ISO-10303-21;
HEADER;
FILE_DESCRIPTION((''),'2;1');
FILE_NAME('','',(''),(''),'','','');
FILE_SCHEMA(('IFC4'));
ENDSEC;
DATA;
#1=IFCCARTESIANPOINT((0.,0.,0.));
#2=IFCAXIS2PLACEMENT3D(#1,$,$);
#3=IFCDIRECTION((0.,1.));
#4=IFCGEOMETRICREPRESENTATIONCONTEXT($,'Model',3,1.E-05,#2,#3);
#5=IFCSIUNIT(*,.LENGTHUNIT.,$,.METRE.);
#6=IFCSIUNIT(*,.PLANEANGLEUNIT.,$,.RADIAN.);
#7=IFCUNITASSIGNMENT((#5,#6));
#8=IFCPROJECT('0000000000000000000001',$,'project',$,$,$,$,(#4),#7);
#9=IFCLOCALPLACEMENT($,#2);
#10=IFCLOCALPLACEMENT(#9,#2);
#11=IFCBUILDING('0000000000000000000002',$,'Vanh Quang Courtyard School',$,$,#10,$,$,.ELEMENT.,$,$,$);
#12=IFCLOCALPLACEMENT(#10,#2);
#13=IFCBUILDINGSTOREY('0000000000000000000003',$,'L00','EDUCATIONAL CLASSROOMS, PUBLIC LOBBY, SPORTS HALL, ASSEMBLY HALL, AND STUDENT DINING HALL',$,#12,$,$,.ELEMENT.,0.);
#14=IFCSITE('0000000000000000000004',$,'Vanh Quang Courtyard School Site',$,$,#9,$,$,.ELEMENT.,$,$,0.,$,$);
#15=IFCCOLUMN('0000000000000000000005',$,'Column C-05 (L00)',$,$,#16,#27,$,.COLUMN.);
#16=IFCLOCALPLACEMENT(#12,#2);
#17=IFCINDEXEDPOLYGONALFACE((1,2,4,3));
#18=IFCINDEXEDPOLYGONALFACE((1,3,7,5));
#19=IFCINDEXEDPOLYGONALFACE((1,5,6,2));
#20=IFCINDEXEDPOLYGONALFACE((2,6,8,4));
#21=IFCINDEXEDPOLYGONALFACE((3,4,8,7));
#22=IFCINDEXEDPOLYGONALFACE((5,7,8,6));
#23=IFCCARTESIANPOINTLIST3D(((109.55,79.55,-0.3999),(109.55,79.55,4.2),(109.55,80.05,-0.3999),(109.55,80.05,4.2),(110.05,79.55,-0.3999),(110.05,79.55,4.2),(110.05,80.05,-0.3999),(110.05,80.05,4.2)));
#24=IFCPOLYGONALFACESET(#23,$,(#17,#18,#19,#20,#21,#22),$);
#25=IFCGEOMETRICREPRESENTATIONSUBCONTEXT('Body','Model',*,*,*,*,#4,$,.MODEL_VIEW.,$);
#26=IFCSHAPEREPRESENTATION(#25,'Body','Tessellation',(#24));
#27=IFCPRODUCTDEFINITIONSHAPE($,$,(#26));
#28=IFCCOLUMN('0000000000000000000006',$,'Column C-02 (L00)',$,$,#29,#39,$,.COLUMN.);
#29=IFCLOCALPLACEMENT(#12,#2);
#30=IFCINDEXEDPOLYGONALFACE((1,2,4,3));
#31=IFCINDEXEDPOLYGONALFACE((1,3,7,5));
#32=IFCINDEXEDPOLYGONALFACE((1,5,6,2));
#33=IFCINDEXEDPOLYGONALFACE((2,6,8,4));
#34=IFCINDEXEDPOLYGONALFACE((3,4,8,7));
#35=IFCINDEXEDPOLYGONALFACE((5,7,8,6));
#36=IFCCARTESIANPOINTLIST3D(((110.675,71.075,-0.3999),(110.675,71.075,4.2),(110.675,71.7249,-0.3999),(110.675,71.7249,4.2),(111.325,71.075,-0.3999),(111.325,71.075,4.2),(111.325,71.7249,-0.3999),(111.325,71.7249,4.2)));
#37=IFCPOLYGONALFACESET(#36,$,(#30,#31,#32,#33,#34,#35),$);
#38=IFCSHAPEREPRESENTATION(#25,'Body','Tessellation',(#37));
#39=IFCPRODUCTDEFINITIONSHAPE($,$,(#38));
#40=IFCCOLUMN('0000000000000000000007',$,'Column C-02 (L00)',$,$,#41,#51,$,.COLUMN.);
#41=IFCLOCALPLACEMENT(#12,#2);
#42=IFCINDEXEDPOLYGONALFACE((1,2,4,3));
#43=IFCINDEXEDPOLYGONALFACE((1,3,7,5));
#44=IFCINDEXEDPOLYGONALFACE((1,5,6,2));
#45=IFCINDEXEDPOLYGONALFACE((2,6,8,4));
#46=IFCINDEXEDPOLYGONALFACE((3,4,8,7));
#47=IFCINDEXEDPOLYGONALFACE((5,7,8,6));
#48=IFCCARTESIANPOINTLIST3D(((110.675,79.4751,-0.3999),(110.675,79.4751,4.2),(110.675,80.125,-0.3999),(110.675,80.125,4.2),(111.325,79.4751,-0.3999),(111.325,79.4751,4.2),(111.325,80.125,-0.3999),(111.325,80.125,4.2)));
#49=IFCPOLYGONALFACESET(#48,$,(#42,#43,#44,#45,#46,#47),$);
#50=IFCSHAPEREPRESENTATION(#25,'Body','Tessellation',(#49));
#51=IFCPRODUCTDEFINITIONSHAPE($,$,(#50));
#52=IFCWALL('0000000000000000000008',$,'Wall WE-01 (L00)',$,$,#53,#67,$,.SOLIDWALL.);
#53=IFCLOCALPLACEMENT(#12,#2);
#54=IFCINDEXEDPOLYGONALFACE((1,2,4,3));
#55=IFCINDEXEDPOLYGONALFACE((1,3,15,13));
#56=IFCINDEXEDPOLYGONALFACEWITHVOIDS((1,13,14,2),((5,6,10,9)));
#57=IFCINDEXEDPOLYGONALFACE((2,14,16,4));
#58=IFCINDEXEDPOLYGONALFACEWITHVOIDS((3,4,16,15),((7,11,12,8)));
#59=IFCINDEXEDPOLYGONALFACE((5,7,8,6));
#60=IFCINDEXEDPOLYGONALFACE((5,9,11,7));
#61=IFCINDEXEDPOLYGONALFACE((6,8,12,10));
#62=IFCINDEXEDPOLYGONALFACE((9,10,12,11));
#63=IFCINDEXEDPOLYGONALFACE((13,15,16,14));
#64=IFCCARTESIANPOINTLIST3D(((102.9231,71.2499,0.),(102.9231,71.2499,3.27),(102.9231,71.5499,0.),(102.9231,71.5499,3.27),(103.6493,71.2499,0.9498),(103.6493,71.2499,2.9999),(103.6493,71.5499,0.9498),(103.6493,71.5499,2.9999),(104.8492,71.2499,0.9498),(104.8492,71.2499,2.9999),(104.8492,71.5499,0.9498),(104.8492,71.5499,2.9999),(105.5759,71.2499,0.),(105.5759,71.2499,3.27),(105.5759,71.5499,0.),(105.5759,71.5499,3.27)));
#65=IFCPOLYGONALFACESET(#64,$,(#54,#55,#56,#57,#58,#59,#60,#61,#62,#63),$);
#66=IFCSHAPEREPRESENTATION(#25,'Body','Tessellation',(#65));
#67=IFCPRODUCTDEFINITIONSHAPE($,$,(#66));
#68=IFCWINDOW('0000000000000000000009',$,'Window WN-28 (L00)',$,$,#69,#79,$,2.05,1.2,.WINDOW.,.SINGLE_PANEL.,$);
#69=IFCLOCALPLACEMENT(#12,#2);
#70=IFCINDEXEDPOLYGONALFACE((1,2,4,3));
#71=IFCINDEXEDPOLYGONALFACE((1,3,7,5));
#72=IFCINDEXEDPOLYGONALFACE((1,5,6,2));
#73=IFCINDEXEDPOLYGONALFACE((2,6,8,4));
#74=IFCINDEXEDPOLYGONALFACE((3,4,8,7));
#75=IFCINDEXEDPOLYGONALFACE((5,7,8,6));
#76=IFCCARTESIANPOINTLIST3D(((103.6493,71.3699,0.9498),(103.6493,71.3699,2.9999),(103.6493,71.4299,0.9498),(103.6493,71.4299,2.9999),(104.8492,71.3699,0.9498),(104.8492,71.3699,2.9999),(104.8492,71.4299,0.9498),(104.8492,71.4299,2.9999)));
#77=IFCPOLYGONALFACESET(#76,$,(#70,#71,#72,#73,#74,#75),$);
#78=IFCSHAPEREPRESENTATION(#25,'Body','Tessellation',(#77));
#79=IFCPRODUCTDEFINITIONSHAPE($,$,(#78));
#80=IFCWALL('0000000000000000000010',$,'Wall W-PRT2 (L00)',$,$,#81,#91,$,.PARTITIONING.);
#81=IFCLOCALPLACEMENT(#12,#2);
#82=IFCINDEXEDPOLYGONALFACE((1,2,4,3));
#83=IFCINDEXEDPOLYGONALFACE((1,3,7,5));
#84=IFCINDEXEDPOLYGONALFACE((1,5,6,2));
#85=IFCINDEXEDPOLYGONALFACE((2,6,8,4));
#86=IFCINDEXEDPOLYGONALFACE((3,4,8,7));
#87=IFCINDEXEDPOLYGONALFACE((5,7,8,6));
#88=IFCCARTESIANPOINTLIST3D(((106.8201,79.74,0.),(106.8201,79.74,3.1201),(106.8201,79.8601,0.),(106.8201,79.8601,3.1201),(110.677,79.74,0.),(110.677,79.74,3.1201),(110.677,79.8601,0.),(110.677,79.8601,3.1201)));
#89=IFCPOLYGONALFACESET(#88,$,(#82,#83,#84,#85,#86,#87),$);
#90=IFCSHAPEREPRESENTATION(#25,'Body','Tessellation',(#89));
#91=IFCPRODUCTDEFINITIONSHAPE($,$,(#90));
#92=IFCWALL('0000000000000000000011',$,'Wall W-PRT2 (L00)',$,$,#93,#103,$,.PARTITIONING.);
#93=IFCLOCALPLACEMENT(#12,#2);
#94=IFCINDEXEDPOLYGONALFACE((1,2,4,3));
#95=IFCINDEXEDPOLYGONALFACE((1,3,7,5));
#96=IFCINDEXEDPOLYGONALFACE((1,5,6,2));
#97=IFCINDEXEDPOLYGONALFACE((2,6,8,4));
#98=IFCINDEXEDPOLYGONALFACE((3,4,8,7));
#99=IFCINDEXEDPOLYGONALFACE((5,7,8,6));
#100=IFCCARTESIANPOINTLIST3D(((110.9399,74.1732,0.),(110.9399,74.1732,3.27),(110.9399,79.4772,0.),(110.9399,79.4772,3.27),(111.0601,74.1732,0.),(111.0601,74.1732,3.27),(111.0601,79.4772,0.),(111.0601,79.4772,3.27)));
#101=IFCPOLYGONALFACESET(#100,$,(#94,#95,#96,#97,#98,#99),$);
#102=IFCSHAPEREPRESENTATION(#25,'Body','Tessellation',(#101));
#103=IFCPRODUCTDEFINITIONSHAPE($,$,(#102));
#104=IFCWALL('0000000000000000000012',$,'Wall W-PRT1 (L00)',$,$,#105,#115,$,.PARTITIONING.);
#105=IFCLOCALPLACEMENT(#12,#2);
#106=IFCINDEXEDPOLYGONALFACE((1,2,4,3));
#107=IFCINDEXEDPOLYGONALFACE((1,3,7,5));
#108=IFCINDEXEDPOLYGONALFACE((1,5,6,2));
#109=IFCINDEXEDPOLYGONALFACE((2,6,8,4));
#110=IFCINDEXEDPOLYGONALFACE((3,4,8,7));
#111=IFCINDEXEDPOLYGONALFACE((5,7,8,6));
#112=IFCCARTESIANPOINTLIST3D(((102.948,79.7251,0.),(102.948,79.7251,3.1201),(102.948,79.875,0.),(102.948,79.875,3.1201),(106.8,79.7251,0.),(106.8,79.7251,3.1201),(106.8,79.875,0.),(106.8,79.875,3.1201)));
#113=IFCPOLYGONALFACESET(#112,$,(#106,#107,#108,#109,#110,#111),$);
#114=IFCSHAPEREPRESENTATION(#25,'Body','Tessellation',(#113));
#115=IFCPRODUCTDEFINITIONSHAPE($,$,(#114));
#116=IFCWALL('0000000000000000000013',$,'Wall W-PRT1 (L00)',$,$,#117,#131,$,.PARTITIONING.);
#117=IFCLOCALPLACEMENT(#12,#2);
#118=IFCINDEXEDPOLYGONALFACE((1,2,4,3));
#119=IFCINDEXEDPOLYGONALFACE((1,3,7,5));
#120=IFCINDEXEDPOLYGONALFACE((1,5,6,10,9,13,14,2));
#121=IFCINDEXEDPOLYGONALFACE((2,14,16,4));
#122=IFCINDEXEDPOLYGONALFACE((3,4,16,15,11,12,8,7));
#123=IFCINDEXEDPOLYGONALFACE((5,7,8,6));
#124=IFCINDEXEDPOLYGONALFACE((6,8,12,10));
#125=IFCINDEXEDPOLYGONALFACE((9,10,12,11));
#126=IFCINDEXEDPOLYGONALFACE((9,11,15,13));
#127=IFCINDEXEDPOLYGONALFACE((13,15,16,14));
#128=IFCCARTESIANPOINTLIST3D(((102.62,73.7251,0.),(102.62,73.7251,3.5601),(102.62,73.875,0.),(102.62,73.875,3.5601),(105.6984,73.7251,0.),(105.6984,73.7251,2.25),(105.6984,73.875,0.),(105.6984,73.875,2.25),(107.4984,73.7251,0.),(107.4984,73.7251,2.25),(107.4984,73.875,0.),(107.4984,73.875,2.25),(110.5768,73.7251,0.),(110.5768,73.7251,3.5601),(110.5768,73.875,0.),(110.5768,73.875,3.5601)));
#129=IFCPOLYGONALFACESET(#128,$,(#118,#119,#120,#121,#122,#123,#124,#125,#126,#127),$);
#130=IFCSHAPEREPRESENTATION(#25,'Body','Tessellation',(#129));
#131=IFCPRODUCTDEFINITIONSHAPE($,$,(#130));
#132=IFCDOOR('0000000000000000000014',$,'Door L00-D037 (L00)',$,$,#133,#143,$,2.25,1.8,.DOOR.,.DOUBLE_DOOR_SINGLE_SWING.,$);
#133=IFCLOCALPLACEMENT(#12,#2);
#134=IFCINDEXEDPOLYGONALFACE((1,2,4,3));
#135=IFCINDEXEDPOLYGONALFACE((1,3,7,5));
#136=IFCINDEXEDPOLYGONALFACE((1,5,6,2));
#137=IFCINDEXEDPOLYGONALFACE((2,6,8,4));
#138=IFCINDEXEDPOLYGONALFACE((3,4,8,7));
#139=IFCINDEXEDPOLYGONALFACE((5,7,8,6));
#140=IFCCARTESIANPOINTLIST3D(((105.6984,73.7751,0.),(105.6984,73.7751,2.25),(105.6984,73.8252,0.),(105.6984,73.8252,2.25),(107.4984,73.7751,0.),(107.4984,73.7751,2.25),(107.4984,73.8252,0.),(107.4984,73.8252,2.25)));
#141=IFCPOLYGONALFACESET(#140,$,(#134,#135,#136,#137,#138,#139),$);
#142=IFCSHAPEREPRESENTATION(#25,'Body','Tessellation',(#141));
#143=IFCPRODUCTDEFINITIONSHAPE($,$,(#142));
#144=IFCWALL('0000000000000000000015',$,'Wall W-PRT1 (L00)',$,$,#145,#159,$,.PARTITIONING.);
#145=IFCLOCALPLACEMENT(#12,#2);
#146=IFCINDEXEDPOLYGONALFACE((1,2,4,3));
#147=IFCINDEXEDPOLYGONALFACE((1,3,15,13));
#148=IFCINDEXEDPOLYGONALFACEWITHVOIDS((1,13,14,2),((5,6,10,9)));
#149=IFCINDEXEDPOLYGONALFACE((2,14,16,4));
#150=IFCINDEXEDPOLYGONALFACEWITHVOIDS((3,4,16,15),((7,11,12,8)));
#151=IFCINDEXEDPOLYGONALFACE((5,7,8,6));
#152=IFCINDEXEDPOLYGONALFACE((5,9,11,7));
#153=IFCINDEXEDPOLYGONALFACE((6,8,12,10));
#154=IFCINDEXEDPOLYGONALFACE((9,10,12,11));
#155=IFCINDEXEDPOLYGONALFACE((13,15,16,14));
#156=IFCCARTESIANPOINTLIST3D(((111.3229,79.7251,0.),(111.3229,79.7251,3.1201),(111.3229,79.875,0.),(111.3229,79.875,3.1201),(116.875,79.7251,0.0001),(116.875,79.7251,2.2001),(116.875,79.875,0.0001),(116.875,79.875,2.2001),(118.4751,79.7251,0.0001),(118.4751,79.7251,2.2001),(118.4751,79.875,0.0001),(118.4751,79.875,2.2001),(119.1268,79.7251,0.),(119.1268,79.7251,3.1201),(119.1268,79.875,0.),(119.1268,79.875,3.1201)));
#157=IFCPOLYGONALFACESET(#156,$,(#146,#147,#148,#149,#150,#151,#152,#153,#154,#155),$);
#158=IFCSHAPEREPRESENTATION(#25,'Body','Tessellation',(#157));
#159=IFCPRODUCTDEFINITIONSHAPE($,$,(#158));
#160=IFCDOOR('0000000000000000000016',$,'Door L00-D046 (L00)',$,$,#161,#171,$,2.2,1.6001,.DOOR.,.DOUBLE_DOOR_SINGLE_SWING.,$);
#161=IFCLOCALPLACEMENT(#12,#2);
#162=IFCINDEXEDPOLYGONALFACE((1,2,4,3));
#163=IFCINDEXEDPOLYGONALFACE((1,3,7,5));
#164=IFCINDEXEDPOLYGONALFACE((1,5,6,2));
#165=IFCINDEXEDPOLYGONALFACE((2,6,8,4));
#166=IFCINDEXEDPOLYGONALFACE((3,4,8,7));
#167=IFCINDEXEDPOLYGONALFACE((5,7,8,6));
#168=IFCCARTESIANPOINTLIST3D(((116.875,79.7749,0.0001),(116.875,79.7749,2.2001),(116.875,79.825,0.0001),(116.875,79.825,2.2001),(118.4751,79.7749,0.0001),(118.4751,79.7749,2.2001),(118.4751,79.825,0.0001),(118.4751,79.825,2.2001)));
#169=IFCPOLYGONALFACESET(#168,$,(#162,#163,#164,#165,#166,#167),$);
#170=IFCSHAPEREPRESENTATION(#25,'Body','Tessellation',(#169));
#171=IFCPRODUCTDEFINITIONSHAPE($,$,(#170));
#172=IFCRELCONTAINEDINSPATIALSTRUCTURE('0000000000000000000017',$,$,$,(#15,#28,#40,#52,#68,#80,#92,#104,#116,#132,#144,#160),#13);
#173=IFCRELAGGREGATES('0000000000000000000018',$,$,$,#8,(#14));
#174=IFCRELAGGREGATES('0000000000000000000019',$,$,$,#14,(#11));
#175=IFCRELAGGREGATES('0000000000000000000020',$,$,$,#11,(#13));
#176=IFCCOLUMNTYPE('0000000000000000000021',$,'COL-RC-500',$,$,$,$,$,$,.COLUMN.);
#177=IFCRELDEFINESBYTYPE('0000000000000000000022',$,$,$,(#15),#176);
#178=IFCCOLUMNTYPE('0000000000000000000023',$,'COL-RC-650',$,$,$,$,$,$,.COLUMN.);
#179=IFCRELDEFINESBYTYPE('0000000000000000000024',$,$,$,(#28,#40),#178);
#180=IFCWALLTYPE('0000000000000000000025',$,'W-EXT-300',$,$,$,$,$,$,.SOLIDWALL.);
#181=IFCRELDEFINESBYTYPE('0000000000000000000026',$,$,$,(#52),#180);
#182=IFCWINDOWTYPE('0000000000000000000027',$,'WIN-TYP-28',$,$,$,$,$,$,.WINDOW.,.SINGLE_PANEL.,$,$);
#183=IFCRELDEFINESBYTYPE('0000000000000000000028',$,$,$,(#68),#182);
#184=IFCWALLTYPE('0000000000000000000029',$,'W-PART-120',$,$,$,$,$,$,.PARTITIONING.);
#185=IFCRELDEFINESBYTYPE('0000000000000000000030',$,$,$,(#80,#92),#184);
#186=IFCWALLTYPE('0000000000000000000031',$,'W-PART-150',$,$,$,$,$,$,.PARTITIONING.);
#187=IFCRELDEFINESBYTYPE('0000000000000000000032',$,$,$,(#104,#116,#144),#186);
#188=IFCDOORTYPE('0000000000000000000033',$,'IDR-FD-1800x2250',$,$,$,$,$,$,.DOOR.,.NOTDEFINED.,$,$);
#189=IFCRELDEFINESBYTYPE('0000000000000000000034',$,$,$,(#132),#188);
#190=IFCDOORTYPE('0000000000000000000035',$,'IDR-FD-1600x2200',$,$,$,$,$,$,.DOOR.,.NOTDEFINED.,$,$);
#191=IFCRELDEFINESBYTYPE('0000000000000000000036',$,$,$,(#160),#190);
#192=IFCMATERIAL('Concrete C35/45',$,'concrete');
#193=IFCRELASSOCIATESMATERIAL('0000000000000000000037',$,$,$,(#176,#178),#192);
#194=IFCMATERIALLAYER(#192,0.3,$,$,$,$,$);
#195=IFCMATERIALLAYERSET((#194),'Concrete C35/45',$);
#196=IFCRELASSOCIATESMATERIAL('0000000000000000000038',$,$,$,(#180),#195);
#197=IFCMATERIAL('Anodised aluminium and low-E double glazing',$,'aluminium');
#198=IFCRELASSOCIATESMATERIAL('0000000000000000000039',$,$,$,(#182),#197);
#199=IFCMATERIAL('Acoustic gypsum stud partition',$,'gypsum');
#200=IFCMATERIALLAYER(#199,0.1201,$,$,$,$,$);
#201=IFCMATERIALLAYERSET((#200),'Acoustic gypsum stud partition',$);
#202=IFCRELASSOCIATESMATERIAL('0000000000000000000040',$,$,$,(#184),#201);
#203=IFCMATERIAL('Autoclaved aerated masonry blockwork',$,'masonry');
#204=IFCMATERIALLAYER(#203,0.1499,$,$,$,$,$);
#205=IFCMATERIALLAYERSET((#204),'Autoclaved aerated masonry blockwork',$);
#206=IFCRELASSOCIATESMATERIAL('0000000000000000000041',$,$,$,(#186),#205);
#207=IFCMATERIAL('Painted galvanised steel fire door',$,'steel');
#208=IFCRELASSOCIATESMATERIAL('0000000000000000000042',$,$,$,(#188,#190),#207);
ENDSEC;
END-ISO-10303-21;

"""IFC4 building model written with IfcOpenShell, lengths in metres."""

from ifc_helpers import new_model, si_unit, direction, frame, frame_2d, origin, origin_2d, place, context, subcontext, project, spatial, rectangle, extrude, material, layer, layer_set, material_profile, profile_set, type_object, element, fill, save


model = new_model("IFC4")

# Units and contexts
model_context = context("Model", 3, precision=1e-05, world=origin(), true_north=direction((0.0, 1.0)))
body_context = subcontext(model_context, "Body", "Model", "MODEL_VIEW")
ifc_project = project(units=[si_unit("LENGTHUNIT", "METRE"), si_unit("PLANEANGLEUNIT", "RADIAN")], contexts=[model_context])

# Site, building, storey
site_placement = place(None, origin())
site = spatial("IfcSite", under=ifc_project, at=site_placement, Name="Vanh Quang Courtyard School Site", CompositionType="ELEMENT", RefElevation=0.0)
building_placement = place(site_placement, origin())
building = spatial("IfcBuilding", under=site, at=building_placement, Name="Vanh Quang Courtyard School", CompositionType="ELEMENT")
storey_placement = place(building_placement, origin())
storey = spatial("IfcBuildingStorey", under=building, at=storey_placement, Name="L00", Description="EDUCATIONAL CLASSROOMS, PUBLIC LOBBY, SPORTS HALL, ASSEMBLY HALL, AND STUDENT DINING HALL", CompositionType="ELEMENT", Elevation=0.0)

# Shared definitions
ifc_material_1 = material(Name="Concrete C35/45", Category="concrete")

# Columns
ifc_material_profile_1 = material_profile(ifc_material_1, rectangle(XDim=0.5, YDim=0.5, at=origin_2d()), Name="RC-COL 500x500")
ifc_profile_set_1 = profile_set([ifc_material_profile_1], Name="Concrete C35/45")
column_type_1 = type_object("IfcColumnType", Name="COL-RC-500", PredefinedType="COLUMN", material=ifc_profile_set_1)
for number, where, z_axis, x_axis, name in (
    (1, (109.8, 79.8, -0.3999), (0.0, 0.0, 1.0), (1.0, 0.0, 0.0), "Column C-05 (L00)"),
):
    element("IfcColumn", number, at=place(storey_placement, frame(where, z_axis=z_axis, x_axis=x_axis)), inside=storey, type_object=column_type_1, Name=name, PredefinedType="COLUMN", context=body_context, shape_type="SweptSolid", body=[
        extrude(rectangle(XDim=0.5, YDim=0.5, at=origin_2d()), origin(), (0.0, 0.0, 1.0), 4.5999),
    ])
ifc_material_profile_2 = material_profile(ifc_material_1, rectangle(XDim=0.6499, YDim=0.6499, at=origin_2d()), Name="RC-COL 650x650")
ifc_profile_set_2 = profile_set([ifc_material_profile_2], Name="Concrete C35/45")
column_type_2 = type_object("IfcColumnType", Name="COL-RC-650", PredefinedType="COLUMN", material=ifc_profile_set_2)
for number, where, z_axis, x_axis, name in (
    (2, (111.0, 71.3999, -0.3999), (0.0, 0.0, 1.0), (1.0, 0.0, 0.0), "Column C-02 (L00)"),
    (3, (111.0, 79.8, -0.3999), (0.0, 0.0, 1.0), (1.0, 0.0, 0.0), "Column C-02 (L00)"),
):
    element("IfcColumn", number, at=place(storey_placement, frame(where, z_axis=z_axis, x_axis=x_axis)), inside=storey, type_object=column_type_2, Name=name, PredefinedType="COLUMN", context=body_context, shape_type="SweptSolid", body=[
        extrude(rectangle(XDim=0.6499, YDim=0.6499, at=origin_2d()), origin(), (0.0, 0.0, 1.0), 4.5999),
    ])

# Wall, opening, window
ifc_layer_1 = layer(ifc_material_1, 0.3)
ifc_layer_set_1 = layer_set([ifc_layer_1], Name="Concrete C35/45")
wall_type_1 = type_object("IfcWallType", Name="W-EXT-300", PredefinedType="SOLIDWALL", material=ifc_layer_set_1)
wall_1_placement = place(storey_placement, frame((105.5759, 71.3999, 0.0), z_axis=(0.0, 0.0, 1.0), x_axis=(-1.0, 0.0, 0.0)))
wall_1 = element("IfcWall", 4, at=wall_1_placement, inside=storey, type_object=wall_type_1, Name="Wall WE-01 (L00)", PredefinedType="SOLIDWALL", context=body_context, shape_type="SweptSolid", body=[
    extrude(rectangle(XDim=2.6528, YDim=0.3, at=frame_2d((1.3264, 0.0))), origin(), (0.0, 0.0, 1.0), 3.27),
])
opening_1_placement = place(wall_1_placement, frame((0.7266, 0.0, 0.95)))
opening_1 = element("IfcOpeningElement", 5, at=opening_1_placement, cuts=wall_1, PredefinedType="OPENING", context=body_context, shape_type="SweptSolid", body=[
    extrude(rectangle(XDim=1.2, YDim=2.05, at=frame_2d((0.6001, 1.0249))), frame((0.0, 0.1602, 0.0), z_axis=(0.0, -1.0, 0.0), x_axis=(1.0, 0.0, 0.0)), (0.0, 0.0, 1.0), 0.3201),
])
ifc_material_2 = material(Name="Anodised aluminium and low-E double glazing", Category="aluminium")
window_type = type_object("IfcWindowType", Name="WIN-TYP-28", PartitioningType="SINGLE_PANEL", PredefinedType="WINDOW", material=ifc_material_2)
window_placement = place(opening_1_placement, origin())
window = element("IfcWindow", 6, at=window_placement, inside=storey, type_object=window_type, Name="Window WN-28 (L00)", OverallHeight=2.05, OverallWidth=1.2, PartitioningType="SINGLE_PANEL", PredefinedType="WINDOW", context=body_context, shape_type="SweptSolid", body=[
    extrude(rectangle(XDim=1.2, YDim=2.05, at=frame_2d((0.6001, 1.0249))), frame((0.0, 0.03, 0.0), z_axis=(0.0, -1.0, 0.0), x_axis=(1.0, 0.0, 0.0)), (0.0, 0.0, 1.0), 0.0601),
])
fill(opening_1, window)

# Walls
ifc_material_3 = material(Name="Acoustic gypsum stud partition", Category="gypsum")
ifc_layer_2 = layer(ifc_material_3, 0.1201)
ifc_layer_set_2 = layer_set([ifc_layer_2], Name="Acoustic gypsum stud partition")
wall_type_2 = type_object("IfcWallType", Name="W-PART-120", PredefinedType="PARTITIONING", material=ifc_layer_set_2)
wall_2_placement = place(storey_placement, frame((110.677, 79.8, 0.0), z_axis=(0.0, 0.0, 1.0), x_axis=(-1.0, 0.0, 0.0)))
element("IfcWall", 7, at=wall_2_placement, inside=storey, type_object=wall_type_2, Name="Wall W-PRT2 (L00)", PredefinedType="PARTITIONING", context=body_context, shape_type="SweptSolid", body=[
    extrude(rectangle(XDim=3.8569, YDim=0.1201, at=frame_2d((1.9285, 0.0))), origin(), (0.0, 0.0, 1.0), 3.1201),
])
wall_3_placement = place(storey_placement, frame((111.0, 79.4771, 0.0), z_axis=(0.0, 0.0, 1.0), x_axis=(0.0, -1.0, 0.0)))
element("IfcWall", 8, at=wall_3_placement, inside=storey, type_object=wall_type_2, Name="Wall W-PRT2 (L00)", PredefinedType="PARTITIONING", context=body_context, shape_type="SweptSolid", body=[
    extrude(rectangle(XDim=5.304, YDim=0.1201, at=frame_2d((2.6519, 0.0))), origin(), (0.0, 0.0, 1.0), 3.27),
])
ifc_material_4 = material(Name="Autoclaved aerated masonry blockwork", Category="masonry")
ifc_layer_3 = layer(ifc_material_4, 0.1499)
ifc_layer_set_3 = layer_set([ifc_layer_3], Name="Autoclaved aerated masonry blockwork")
wall_type_3 = type_object("IfcWallType", Name="W-PART-150", PredefinedType="PARTITIONING", material=ifc_layer_set_3)
wall_4_placement = place(storey_placement, frame((106.8, 79.8, 0.0), z_axis=(0.0, 0.0, 1.0), x_axis=(-1.0, 0.0, 0.0)))
element("IfcWall", 9, at=wall_4_placement, inside=storey, type_object=wall_type_3, Name="Wall W-PRT1 (L00)", PredefinedType="PARTITIONING", context=body_context, shape_type="SweptSolid", body=[
    extrude(rectangle(XDim=3.8521, YDim=0.1499, at=frame_2d((1.926, 0.0))), origin(), (0.0, 0.0, 1.0), 3.1201),
])

# Walls, openings, doors
wall_5_placement = place(storey_placement, frame((110.5769, 73.8, 0.0), z_axis=(0.0, 0.0, 1.0), x_axis=(-1.0, 0.0, 0.0)))
wall_5 = element("IfcWall", 10, at=wall_5_placement, inside=storey, type_object=wall_type_3, Name="Wall W-PRT1 (L00)", PredefinedType="PARTITIONING", context=body_context, shape_type="SweptSolid", body=[
    extrude(rectangle(XDim=7.9568, YDim=0.1499, at=frame_2d((3.9785, 0.0))), origin(), (0.0, 0.0, 1.0), 3.5601),
])
opening_2_placement = place(wall_5_placement, frame((3.0786, 0.0, 0.0)))
opening_2 = element("IfcOpeningElement", 11, at=opening_2_placement, cuts=wall_5, PredefinedType="OPENING", context=body_context, shape_type="SweptSolid", body=[
    extrude(rectangle(XDim=1.8, YDim=2.25, at=frame_2d((0.8999, 1.125))), frame((0.0, 0.085, 0.0), z_axis=(0.0, -1.0, 0.0), x_axis=(1.0, 0.0, 0.0)), (0.0, 0.0, 1.0), 0.1699),
])
ifc_material_5 = material(Name="Painted galvanised steel fire door", Category="steel")
door_type_1 = type_object("IfcDoorType", Name="IDR-FD-1800x2250", OperationType="NOTDEFINED", PredefinedType="DOOR", material=ifc_material_5)
door_1_placement = place(opening_2_placement, origin())
door_1 = element("IfcDoor", 12, at=door_1_placement, inside=storey, type_object=door_type_1, Name="Door L00-D037 (L00)", OperationType="DOUBLE_DOOR_SINGLE_SWING", OverallHeight=2.25, OverallWidth=1.8, PredefinedType="DOOR", context=body_context, shape_type="SweptSolid", body=[
    extrude(rectangle(XDim=1.8, YDim=2.25, at=frame_2d((0.8999, 1.125))), frame((0.0, 0.0249, 0.0), z_axis=(0.0, -1.0, 0.0), x_axis=(1.0, 0.0, 0.0)), (0.0, 0.0, 1.0), 0.05),
])
fill(opening_2, door_1)
wall_6_placement = place(storey_placement, frame((111.323, 79.8, 0.0), z_axis=(0.0, 0.0, 1.0), x_axis=(1.0, 0.0, 0.0)))
wall_6 = element("IfcWall", 13, at=wall_6_placement, inside=storey, type_object=wall_type_3, Name="Wall W-PRT1 (L00)", PredefinedType="PARTITIONING", context=body_context, shape_type="SweptSolid", body=[
    extrude(rectangle(XDim=7.804, YDim=0.1499, at=frame_2d((3.9019, 0.0))), origin(), (0.0, 0.0, 1.0), 3.1201),
])
opening_3_placement = place(wall_6_placement, frame((5.552, 0.0, 0.0)))
opening_3 = element("IfcOpeningElement", 14, at=opening_3_placement, cuts=wall_6, PredefinedType="OPENING", context=body_context, shape_type="SweptSolid", body=[
    extrude(rectangle(XDim=1.6001, YDim=2.2, at=frame_2d((0.8, 1.1001))), frame((0.0, 0.085, 0.0), z_axis=(0.0, -1.0, 0.0), x_axis=(1.0, 0.0, 0.0)), (0.0, 0.0, 1.0), 0.1699),
])
door_type_2 = type_object("IfcDoorType", Name="IDR-FD-1600x2200", OperationType="NOTDEFINED", PredefinedType="DOOR", material=ifc_material_5)
door_2_placement = place(opening_3_placement, origin())
door_2 = element("IfcDoor", 15, at=door_2_placement, inside=storey, type_object=door_type_2, Name="Door L00-D046 (L00)", OperationType="DOUBLE_DOOR_SINGLE_SWING", OverallHeight=2.2, OverallWidth=1.6001, PredefinedType="DOOR", context=body_context, shape_type="SweptSolid", body=[
    extrude(rectangle(XDim=1.6001, YDim=2.2, at=frame_2d((0.8, 1.1001))), frame((0.0, 0.0249, 0.0), z_axis=(0.0, -1.0, 0.0), x_axis=(1.0, 0.0, 0.0)), (0.0, 0.0, 1.0), 0.05),
])
fill(opening_3, door_2)

save(model, "model.ifc")
